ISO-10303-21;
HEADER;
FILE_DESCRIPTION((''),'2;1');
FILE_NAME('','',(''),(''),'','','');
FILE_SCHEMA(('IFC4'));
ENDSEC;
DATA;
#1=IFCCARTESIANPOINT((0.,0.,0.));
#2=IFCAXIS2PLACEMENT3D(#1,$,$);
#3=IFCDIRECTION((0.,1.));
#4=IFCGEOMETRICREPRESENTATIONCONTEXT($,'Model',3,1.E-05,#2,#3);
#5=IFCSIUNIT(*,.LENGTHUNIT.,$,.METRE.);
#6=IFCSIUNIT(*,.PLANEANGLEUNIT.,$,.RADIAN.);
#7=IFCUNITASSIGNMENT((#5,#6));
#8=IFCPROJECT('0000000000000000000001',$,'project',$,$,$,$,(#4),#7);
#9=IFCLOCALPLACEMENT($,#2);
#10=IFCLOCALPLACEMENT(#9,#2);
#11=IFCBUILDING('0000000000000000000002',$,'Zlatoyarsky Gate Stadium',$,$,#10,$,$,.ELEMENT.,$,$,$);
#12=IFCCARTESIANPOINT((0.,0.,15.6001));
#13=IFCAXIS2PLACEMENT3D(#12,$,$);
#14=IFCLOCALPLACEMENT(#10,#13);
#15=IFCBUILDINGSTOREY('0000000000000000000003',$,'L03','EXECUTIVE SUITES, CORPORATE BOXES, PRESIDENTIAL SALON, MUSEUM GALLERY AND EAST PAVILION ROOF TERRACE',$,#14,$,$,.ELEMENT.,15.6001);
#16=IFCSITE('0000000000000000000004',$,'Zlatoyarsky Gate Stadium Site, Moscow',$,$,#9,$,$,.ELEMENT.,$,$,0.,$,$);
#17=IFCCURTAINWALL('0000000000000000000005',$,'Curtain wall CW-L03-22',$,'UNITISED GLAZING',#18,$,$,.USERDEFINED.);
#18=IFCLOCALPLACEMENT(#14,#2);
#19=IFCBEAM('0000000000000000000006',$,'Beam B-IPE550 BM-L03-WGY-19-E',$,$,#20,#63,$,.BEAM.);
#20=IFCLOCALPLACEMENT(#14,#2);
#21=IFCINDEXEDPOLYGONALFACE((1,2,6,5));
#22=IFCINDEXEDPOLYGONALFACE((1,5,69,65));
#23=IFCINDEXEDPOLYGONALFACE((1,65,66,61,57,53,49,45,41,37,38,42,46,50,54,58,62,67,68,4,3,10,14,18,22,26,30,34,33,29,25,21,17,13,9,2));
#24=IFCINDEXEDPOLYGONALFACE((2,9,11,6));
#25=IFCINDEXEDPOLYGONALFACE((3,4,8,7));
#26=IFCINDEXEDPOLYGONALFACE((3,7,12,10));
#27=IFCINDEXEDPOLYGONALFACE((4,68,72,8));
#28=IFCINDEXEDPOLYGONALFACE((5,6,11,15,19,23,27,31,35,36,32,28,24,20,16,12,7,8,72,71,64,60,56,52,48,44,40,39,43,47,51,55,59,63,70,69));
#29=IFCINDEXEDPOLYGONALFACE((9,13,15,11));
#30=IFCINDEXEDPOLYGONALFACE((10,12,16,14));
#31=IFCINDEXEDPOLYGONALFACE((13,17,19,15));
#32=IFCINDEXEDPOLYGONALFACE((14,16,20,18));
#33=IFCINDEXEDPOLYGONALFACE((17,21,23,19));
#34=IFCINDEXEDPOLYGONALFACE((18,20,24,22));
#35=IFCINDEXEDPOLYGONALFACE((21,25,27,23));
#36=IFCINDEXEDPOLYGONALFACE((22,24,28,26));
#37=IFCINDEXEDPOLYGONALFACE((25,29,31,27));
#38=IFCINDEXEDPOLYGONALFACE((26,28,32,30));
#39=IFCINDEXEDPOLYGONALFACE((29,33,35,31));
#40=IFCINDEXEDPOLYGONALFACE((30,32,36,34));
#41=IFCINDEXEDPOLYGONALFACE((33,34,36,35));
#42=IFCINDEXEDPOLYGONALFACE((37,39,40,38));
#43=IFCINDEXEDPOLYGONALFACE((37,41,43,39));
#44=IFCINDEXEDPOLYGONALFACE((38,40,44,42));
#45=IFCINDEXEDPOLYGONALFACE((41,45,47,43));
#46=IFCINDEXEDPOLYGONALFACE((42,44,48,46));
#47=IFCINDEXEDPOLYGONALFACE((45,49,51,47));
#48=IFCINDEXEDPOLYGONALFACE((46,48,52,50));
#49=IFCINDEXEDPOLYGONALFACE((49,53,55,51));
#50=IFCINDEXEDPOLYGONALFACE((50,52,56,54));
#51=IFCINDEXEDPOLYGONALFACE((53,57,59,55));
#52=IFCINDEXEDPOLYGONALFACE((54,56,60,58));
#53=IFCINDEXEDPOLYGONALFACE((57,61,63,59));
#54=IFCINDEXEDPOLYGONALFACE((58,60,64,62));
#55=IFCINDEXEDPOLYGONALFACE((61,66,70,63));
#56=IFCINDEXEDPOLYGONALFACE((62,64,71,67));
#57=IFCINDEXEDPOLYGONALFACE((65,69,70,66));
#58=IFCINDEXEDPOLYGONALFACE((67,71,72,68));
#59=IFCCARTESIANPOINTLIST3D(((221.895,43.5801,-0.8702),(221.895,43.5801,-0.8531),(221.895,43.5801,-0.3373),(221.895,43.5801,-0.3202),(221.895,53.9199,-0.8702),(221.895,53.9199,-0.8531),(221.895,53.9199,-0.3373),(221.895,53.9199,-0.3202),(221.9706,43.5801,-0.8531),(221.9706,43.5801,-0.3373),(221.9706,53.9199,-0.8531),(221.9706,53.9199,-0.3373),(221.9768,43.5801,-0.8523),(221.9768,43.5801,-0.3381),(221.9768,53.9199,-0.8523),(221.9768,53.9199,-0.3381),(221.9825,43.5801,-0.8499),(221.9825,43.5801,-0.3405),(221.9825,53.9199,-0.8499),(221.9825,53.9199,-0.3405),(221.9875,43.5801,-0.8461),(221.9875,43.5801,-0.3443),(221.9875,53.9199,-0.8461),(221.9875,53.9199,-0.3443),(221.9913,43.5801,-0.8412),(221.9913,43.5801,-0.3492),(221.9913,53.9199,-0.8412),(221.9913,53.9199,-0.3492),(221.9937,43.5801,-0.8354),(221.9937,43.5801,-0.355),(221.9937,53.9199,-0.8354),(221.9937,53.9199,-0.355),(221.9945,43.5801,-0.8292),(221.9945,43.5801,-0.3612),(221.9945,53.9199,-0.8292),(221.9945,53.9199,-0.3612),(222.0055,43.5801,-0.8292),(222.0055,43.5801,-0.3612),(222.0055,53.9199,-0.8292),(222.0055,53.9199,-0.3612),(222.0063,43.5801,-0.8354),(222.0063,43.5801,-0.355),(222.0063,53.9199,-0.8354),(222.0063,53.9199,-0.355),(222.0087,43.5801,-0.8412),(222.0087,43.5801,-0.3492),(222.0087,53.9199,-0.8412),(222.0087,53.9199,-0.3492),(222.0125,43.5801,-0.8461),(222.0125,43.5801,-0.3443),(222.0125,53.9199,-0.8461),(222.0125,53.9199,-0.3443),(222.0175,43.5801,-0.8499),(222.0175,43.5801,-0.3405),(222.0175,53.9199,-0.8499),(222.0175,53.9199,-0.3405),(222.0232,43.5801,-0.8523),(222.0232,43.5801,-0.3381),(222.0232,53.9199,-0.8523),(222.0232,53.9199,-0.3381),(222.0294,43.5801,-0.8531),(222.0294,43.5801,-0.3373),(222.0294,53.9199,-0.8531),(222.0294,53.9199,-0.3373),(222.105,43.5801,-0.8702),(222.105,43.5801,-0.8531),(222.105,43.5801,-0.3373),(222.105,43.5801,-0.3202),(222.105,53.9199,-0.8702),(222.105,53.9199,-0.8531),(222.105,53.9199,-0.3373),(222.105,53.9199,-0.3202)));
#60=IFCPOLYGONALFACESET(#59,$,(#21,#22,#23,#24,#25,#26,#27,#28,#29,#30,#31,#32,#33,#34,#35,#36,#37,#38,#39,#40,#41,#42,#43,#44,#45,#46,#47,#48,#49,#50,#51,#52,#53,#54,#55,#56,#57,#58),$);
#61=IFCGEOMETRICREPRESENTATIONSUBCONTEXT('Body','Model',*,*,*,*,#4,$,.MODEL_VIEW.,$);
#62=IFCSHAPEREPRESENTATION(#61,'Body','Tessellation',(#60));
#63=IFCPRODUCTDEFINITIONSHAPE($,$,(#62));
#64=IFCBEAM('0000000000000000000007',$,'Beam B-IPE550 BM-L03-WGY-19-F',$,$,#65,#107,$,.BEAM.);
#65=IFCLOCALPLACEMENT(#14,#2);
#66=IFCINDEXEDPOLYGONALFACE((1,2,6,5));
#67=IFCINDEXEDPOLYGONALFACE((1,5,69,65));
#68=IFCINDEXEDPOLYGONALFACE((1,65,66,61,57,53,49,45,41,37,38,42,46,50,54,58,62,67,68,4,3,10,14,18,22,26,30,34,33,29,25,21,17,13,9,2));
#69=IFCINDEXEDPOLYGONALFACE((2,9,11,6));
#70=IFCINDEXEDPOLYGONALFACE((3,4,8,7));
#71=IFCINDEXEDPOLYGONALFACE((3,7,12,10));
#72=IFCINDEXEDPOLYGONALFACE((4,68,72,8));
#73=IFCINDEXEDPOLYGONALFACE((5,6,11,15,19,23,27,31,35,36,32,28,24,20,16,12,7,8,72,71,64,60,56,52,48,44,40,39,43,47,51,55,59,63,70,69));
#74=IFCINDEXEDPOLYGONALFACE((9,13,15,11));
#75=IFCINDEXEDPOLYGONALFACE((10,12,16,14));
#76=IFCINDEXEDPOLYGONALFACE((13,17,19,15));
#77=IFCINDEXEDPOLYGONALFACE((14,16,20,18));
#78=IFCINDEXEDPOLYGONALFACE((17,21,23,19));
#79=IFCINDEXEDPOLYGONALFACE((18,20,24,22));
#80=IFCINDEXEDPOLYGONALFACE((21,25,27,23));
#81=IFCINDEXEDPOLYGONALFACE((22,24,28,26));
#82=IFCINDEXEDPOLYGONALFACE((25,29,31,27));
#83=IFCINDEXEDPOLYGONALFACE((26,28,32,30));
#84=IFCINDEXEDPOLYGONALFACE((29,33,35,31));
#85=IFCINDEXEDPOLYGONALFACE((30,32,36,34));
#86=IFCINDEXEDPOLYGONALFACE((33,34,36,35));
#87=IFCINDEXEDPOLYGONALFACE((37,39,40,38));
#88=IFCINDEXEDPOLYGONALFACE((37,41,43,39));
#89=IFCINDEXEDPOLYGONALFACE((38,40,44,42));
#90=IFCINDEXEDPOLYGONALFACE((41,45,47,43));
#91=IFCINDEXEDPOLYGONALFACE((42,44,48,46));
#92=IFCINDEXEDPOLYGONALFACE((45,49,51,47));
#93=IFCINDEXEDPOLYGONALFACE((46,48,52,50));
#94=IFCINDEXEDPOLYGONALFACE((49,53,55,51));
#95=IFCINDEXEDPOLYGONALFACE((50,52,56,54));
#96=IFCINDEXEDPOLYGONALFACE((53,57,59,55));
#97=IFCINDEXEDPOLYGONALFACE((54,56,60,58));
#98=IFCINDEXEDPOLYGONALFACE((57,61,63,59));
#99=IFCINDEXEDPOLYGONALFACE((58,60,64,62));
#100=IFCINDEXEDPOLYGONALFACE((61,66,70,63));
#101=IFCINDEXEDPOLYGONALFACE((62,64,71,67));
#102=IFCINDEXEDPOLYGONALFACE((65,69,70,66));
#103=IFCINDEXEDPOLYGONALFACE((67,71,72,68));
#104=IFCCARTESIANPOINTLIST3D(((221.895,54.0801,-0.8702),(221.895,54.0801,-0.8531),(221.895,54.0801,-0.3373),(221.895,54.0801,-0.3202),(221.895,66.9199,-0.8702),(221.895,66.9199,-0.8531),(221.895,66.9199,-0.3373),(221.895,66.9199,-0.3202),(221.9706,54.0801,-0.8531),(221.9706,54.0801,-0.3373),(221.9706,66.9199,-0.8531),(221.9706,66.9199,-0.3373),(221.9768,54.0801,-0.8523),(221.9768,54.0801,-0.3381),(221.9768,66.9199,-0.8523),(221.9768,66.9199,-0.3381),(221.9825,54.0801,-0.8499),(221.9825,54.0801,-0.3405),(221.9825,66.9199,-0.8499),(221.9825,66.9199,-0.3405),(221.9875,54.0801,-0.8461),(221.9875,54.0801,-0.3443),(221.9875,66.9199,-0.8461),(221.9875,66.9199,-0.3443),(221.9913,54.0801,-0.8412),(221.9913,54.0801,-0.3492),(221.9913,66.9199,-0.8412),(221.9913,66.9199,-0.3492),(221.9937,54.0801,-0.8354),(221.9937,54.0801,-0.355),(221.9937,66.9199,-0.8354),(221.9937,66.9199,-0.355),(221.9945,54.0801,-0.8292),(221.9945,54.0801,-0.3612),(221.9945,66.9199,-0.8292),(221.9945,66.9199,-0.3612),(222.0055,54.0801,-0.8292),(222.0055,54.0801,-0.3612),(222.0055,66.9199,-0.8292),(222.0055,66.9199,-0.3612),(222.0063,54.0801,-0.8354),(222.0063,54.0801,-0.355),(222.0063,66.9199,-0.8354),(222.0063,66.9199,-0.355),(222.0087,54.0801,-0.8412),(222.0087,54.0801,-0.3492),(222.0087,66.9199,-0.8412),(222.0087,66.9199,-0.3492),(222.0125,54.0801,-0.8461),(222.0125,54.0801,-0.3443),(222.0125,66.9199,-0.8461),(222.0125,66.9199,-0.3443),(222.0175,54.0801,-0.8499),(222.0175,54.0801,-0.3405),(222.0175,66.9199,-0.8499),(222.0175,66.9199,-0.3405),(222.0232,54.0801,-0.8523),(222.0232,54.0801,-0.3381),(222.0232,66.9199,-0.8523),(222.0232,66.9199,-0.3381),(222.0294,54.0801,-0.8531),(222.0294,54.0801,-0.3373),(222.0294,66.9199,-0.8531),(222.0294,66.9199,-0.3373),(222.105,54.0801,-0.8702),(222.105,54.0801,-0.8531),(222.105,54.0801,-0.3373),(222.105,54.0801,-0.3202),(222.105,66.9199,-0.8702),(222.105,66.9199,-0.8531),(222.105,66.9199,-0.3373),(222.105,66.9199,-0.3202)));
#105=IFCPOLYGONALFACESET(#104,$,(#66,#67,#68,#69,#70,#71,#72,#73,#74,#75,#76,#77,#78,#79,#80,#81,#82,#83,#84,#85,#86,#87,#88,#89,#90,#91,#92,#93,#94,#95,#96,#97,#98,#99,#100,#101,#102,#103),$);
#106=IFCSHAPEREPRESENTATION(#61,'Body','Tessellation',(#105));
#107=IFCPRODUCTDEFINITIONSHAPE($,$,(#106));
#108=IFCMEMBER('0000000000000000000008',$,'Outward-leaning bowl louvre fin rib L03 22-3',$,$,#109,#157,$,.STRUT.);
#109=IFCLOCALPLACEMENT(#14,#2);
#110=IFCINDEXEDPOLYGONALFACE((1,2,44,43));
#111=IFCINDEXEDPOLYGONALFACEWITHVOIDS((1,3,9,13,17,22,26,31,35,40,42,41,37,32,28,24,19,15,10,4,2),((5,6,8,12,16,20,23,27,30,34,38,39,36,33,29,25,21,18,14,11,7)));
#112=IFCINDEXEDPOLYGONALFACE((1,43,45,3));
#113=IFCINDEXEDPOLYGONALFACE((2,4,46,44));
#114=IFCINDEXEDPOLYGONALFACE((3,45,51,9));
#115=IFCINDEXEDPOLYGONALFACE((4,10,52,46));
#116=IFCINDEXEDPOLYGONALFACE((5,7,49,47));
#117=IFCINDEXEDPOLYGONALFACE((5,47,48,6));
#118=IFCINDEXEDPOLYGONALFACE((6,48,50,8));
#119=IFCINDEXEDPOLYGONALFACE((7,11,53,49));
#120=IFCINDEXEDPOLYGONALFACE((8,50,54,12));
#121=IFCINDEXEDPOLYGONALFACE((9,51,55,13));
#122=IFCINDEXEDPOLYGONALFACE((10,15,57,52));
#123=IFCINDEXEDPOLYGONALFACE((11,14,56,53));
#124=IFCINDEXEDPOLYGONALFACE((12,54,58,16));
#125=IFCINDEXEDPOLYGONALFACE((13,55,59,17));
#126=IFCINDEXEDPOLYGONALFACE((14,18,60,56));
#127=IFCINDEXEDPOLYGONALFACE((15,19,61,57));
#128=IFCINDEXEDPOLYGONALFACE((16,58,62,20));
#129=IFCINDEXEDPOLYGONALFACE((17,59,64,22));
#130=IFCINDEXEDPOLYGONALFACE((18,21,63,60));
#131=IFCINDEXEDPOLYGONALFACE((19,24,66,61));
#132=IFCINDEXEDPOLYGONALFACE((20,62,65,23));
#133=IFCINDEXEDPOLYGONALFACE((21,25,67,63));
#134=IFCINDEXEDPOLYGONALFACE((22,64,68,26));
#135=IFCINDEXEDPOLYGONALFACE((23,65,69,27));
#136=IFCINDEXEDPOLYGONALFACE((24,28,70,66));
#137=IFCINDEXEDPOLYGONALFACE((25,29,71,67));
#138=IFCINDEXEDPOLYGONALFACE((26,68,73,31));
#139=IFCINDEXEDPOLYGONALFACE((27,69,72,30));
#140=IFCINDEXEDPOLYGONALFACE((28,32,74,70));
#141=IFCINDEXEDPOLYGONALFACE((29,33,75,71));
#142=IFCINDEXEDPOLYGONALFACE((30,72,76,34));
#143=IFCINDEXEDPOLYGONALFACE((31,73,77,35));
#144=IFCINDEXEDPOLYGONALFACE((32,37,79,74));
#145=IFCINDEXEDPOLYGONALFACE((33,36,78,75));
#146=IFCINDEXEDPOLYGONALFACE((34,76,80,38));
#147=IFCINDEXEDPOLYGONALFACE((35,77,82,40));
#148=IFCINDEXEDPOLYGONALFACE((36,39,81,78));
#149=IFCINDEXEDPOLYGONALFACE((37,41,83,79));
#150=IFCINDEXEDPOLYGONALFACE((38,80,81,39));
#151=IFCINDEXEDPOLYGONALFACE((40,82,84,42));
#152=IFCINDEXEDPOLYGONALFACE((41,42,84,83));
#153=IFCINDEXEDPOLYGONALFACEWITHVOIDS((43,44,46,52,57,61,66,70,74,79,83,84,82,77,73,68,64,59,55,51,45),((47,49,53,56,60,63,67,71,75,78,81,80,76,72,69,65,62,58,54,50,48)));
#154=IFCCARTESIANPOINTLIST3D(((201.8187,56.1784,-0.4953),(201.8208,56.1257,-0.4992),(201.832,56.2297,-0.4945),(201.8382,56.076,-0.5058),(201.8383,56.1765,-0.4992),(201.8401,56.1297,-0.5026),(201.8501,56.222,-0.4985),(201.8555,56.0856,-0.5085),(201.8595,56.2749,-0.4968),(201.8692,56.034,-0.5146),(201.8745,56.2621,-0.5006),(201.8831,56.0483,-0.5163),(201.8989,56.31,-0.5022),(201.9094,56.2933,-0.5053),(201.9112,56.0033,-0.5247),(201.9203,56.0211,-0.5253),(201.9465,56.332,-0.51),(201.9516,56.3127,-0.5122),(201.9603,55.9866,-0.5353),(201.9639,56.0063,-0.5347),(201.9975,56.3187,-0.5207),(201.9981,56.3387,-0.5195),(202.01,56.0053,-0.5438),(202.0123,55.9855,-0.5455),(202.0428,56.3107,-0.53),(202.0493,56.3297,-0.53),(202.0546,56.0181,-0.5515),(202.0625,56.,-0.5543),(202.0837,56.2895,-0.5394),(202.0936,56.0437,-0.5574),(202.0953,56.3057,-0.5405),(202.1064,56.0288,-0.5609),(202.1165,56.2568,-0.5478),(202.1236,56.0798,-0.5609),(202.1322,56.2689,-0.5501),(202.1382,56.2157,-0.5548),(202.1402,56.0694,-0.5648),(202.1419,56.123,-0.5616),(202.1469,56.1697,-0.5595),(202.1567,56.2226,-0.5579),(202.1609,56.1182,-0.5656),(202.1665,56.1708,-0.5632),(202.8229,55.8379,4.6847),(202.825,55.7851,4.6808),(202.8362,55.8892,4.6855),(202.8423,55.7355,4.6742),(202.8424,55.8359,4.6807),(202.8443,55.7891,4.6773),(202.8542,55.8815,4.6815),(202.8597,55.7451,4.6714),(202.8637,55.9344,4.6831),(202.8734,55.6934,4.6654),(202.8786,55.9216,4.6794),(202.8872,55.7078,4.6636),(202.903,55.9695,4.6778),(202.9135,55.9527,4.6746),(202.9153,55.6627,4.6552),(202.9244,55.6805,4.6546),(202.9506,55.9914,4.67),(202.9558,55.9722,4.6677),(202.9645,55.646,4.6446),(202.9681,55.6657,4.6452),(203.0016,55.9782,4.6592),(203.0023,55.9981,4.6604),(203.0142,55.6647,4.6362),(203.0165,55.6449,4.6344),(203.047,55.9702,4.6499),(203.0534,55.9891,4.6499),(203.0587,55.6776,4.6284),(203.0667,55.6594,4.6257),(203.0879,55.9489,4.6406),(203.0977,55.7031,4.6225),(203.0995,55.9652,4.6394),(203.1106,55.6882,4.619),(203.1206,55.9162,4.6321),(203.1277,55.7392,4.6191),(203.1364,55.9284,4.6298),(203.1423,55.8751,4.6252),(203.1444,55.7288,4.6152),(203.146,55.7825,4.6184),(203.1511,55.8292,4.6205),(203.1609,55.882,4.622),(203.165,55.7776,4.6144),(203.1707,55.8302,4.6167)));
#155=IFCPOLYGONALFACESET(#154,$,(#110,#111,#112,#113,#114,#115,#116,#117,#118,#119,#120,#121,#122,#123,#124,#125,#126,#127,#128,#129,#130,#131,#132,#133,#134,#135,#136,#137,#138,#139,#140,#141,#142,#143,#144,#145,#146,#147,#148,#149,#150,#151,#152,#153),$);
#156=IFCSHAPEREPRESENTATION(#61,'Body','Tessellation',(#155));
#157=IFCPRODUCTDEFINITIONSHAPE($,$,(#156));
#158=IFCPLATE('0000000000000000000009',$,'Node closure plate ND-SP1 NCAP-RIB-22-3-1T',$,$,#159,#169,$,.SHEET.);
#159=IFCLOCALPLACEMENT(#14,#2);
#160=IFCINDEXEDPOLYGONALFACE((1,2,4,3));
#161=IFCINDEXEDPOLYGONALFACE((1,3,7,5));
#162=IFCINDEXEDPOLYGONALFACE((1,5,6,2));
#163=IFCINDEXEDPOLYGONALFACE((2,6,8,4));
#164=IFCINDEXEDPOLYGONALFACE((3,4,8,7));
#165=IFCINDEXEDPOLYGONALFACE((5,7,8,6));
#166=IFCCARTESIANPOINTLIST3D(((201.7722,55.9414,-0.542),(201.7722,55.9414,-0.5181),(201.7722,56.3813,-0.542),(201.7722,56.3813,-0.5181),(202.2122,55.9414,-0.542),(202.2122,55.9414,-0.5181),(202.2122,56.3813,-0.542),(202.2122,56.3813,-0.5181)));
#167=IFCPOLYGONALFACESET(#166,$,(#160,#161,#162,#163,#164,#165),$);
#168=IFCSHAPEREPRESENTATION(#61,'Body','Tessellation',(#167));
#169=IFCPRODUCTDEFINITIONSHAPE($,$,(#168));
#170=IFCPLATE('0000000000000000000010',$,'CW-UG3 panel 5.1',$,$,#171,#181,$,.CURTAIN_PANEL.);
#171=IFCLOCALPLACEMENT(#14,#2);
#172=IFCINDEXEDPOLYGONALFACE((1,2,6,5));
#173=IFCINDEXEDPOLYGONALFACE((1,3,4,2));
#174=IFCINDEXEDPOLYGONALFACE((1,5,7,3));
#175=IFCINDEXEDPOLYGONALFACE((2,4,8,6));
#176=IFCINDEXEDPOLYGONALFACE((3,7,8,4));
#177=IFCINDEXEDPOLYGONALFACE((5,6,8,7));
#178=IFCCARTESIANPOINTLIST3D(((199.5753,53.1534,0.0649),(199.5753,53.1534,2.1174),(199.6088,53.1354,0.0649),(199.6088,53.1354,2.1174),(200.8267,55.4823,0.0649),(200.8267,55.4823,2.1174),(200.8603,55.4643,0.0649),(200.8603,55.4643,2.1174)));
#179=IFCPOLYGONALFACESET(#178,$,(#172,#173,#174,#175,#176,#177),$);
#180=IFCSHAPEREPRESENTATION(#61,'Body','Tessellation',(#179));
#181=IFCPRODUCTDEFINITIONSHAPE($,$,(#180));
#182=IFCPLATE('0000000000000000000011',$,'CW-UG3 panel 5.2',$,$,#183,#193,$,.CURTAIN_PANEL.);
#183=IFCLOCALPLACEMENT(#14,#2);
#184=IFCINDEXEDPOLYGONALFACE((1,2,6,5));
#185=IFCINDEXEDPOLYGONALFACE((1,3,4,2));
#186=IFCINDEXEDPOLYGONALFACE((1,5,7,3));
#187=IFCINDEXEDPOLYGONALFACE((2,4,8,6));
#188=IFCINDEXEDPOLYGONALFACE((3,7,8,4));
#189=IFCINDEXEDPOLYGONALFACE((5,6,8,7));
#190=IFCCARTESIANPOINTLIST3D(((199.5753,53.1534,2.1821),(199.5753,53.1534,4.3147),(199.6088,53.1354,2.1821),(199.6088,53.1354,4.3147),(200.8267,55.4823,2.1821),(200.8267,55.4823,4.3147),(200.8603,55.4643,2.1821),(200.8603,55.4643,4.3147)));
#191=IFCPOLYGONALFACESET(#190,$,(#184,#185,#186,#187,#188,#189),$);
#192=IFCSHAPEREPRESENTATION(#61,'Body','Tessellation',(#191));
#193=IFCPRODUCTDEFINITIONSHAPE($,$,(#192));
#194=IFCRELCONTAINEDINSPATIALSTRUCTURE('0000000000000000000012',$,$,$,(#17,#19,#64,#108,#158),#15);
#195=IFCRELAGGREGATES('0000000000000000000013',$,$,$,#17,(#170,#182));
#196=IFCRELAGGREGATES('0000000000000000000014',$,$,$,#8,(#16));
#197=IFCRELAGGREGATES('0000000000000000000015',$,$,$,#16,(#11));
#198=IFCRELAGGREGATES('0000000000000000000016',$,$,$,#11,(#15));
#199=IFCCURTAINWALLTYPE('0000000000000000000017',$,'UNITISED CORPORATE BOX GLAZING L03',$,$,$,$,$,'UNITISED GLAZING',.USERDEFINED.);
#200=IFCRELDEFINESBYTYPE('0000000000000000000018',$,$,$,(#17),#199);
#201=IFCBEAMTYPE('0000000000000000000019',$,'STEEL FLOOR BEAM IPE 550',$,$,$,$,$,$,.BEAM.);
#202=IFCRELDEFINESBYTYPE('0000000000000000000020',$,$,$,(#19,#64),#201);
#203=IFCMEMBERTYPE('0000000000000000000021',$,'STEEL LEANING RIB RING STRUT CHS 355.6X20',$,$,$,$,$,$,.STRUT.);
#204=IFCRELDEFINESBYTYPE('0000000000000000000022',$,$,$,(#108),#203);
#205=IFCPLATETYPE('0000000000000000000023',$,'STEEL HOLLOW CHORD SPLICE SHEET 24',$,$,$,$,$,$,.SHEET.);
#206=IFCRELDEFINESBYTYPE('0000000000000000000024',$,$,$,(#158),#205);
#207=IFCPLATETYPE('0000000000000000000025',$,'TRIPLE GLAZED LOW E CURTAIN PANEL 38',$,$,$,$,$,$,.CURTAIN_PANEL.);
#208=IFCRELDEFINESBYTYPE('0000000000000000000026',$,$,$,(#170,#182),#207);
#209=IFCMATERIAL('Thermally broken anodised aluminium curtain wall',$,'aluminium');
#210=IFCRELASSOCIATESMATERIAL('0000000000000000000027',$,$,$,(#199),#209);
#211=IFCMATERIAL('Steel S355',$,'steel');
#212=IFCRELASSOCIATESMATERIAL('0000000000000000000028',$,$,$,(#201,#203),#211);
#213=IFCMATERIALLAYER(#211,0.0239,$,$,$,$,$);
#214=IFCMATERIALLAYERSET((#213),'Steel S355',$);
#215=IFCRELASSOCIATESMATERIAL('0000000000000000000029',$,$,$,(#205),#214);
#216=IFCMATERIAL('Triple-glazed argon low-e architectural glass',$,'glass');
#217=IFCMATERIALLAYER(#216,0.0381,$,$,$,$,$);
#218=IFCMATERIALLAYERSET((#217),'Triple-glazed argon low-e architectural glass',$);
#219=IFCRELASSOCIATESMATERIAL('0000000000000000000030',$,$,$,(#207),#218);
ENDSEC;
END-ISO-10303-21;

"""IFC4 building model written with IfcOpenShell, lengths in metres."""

from ifc_helpers import new_model, si_unit, direction, frame, origin, origin_2d, place, context, subcontext, project, spatial, rectangle, hollow_circle, i_section, extrude, material, layer, layer_set, material_profile, profile_set, type_object, element, aggregate, save


model = new_model("IFC4")

# Units and contexts
model_context = context("Model", 3, precision=1e-05, world=origin(), true_north=direction((0.0, 1.0)))
body_context = subcontext(model_context, "Body", "Model", "MODEL_VIEW")
ifc_project = project(units=[si_unit("LENGTHUNIT", "METRE"), si_unit("PLANEANGLEUNIT", "RADIAN")], contexts=[model_context])

# Site, building, storey
site_placement = place(None, origin())
site = spatial("IfcSite", under=ifc_project, at=site_placement, Name="Zlatoyarsky Gate Stadium Site, Moscow", CompositionType="ELEMENT", RefElevation=0.0)
building_placement = place(site_placement, origin())
building = spatial("IfcBuilding", under=site, at=building_placement, Name="Zlatoyarsky Gate Stadium", CompositionType="ELEMENT")
storey_placement = place(building_placement, frame((0.0, 0.0, 15.6001)))
storey = spatial("IfcBuildingStorey", under=building, at=storey_placement, Name="L03", Description="EXECUTIVE SUITES, CORPORATE BOXES, PRESIDENTIAL SALON, MUSEUM GALLERY AND EAST PAVILION ROOF TERRACE", CompositionType="ELEMENT", Elevation=15.6001)

# Shared definitions
ifc_material_1 = material(Name="Steel S355", Category="steel")

# Curtain wall
ifc_material_2 = material(Name="Thermally broken anodised aluminium curtain wall", Category="aluminium")
curtain_wall_type = type_object("IfcCurtainWallType", Name="UNITISED CORPORATE BOX GLAZING L03", ElementType="UNITISED GLAZING", PredefinedType="USERDEFINED", material=ifc_material_2)
curtain_wall_placement = place(storey_placement, origin())
curtain_wall = element("IfcCurtainWall", 1, at=curtain_wall_placement, inside=storey, type_object=curtain_wall_type, Name="Curtain wall CW-L03-22", ObjectType="UNITISED GLAZING", PredefinedType="USERDEFINED")

# Beams
ifc_material_profile_1 = material_profile(ifc_material_1, i_section(OverallWidth=0.21, OverallDepth=0.55, WebThickness=0.011, FlangeThickness=0.0171, FilletRadius=0.0239, at=origin_2d()), Name="IPE 550")
ifc_profile_set_1 = profile_set([ifc_material_profile_1], Name="Steel S355")
beam_type_1 = type_object("IfcBeamType", Name="STEEL FLOOR BEAM IPE 550", PredefinedType="BEAM", material=ifc_profile_set_1)
beam_1_placement = place(storey_placement, frame((222.0, 43.5801, -0.5952), z_axis=(0.0, 1.0, 0.0), x_axis=(-1.0, 0.0, 0.0)))
element("IfcBeam", 2, at=beam_1_placement, inside=storey, type_object=beam_type_1, Name="Beam B-IPE550 BM-L03-WGY-19-E", PredefinedType="BEAM", context=body_context, shape_type="SweptSolid", body=[
    extrude(i_section(OverallWidth=0.21, OverallDepth=0.55, WebThickness=0.011, FlangeThickness=0.0171, FilletRadius=0.0239, at=origin_2d()), origin(), (0.0, 0.0, 1.0), 10.3398),
])
beam_2_placement = place(storey_placement, frame((222.0, 54.0801, -0.5952), z_axis=(0.0, 1.0, 0.0), x_axis=(-1.0, 0.0, 0.0)))
element("IfcBeam", 3, at=beam_2_placement, inside=storey, type_object=beam_type_1, Name="Beam B-IPE550 BM-L03-WGY-19-F", PredefinedType="BEAM", context=body_context, shape_type="SweptSolid", body=[
    extrude(i_section(OverallWidth=0.21, OverallDepth=0.55, WebThickness=0.011, FlangeThickness=0.0171, FilletRadius=0.0239, at=origin_2d()), origin(), (0.0, 0.0, 1.0), 12.8398),
])

# Member
ifc_material_profile_2 = material_profile(ifc_material_1, hollow_circle(Radius=0.1777, WallThickness=0.02, at=origin_2d()), Name="CHS 355.6X20")
ifc_profile_set_2 = profile_set([ifc_material_profile_2], Name="Steel S355")
member_type_1 = type_object("IfcMemberType", Name="STEEL LEANING RIB RING STRUT CHS 355.6X20", PredefinedType="STRUT", material=ifc_profile_set_2)
member_1_placement = place(storey_placement, frame((201.9922, 56.1614, -0.53), z_axis=(0.189916, -0.064413, 0.979685), x_axis=(0.321197, 0.947012, 0.0)))
element("IfcMember", 4, at=member_1_placement, inside=storey, type_object=member_type_1, Name="Outward-leaning bowl louvre fin rib L03 22-3", PredefinedType="STRUT", context=body_context, shape_type="SweptSolid", body=[
    extrude(hollow_circle(Radius=0.1777, WallThickness=0.02, at=origin_2d()), origin(), (0.0, 0.0, 1.0), 5.2874),
])

# Plates
ifc_layer_1 = layer(ifc_material_1, 0.0239)
ifc_layer_set_1 = layer_set([ifc_layer_1], Name="Steel S355")
plate_type_1 = type_object("IfcPlateType", Name="STEEL HOLLOW CHORD SPLICE SHEET 24", PredefinedType="SHEET", material=ifc_layer_set_1)
plate_1_placement = place(storey_placement, frame((201.9922, 56.1614, -0.542), z_axis=(0.0, 0.0, 1.0), x_axis=(1.0, 0.0, 0.0)))
element("IfcPlate", 5, at=plate_1_placement, inside=storey, type_object=plate_type_1, Name="Node closure plate ND-SP1 NCAP-RIB-22-3-1T", PredefinedType="SHEET", context=body_context, shape_type="SweptSolid", body=[
    extrude(rectangle(XDim=0.4399, YDim=0.4399, at=origin_2d()), origin(), (0.0, 0.0, 1.0), 0.0239),
])
ifc_material_3 = material(Name="Triple-glazed argon low-e architectural glass", Category="glass")
ifc_layer_2 = layer(ifc_material_3, 0.0381)
ifc_layer_set_2 = layer_set([ifc_layer_2], Name="Triple-glazed argon low-e architectural glass")
plate_type_2 = type_object("IfcPlateType", Name="TRIPLE GLAZED LOW E CURTAIN PANEL 38", PredefinedType="CURTAIN_PANEL", material=ifc_layer_set_2)
plate_2_placement = place(storey_placement, frame((200.2178, 54.3088, 0.0649), z_axis=(0.0, 0.0, 1.0), x_axis=(0.473345, 0.880877, 0.0)))
plate_2 = element("IfcPlate", 6, at=plate_2_placement, type_object=plate_type_2, Name="CW-UG3 panel 5.1", PredefinedType="CURTAIN_PANEL", context=body_context, shape_type="SweptSolid", body=[
    extrude(rectangle(XDim=2.6438, YDim=0.0381, at=origin_2d()), origin(), (0.0, 0.0, 1.0), 2.0525),
])
plate_3_placement = place(storey_placement, frame((200.2178, 54.3088, 2.1821), z_axis=(0.0, 0.0, 1.0), x_axis=(0.473345, 0.880877, 0.0)))
plate_3 = element("IfcPlate", 7, at=plate_3_placement, type_object=plate_type_2, Name="CW-UG3 panel 5.2", PredefinedType="CURTAIN_PANEL", context=body_context, shape_type="SweptSolid", body=[
    extrude(rectangle(XDim=2.6438, YDim=0.0381, at=origin_2d()), origin(), (0.0, 0.0, 1.0), 2.1326),
])
aggregate(curtain_wall, [plate_2, plate_3])

save(model, "model.ifc")
